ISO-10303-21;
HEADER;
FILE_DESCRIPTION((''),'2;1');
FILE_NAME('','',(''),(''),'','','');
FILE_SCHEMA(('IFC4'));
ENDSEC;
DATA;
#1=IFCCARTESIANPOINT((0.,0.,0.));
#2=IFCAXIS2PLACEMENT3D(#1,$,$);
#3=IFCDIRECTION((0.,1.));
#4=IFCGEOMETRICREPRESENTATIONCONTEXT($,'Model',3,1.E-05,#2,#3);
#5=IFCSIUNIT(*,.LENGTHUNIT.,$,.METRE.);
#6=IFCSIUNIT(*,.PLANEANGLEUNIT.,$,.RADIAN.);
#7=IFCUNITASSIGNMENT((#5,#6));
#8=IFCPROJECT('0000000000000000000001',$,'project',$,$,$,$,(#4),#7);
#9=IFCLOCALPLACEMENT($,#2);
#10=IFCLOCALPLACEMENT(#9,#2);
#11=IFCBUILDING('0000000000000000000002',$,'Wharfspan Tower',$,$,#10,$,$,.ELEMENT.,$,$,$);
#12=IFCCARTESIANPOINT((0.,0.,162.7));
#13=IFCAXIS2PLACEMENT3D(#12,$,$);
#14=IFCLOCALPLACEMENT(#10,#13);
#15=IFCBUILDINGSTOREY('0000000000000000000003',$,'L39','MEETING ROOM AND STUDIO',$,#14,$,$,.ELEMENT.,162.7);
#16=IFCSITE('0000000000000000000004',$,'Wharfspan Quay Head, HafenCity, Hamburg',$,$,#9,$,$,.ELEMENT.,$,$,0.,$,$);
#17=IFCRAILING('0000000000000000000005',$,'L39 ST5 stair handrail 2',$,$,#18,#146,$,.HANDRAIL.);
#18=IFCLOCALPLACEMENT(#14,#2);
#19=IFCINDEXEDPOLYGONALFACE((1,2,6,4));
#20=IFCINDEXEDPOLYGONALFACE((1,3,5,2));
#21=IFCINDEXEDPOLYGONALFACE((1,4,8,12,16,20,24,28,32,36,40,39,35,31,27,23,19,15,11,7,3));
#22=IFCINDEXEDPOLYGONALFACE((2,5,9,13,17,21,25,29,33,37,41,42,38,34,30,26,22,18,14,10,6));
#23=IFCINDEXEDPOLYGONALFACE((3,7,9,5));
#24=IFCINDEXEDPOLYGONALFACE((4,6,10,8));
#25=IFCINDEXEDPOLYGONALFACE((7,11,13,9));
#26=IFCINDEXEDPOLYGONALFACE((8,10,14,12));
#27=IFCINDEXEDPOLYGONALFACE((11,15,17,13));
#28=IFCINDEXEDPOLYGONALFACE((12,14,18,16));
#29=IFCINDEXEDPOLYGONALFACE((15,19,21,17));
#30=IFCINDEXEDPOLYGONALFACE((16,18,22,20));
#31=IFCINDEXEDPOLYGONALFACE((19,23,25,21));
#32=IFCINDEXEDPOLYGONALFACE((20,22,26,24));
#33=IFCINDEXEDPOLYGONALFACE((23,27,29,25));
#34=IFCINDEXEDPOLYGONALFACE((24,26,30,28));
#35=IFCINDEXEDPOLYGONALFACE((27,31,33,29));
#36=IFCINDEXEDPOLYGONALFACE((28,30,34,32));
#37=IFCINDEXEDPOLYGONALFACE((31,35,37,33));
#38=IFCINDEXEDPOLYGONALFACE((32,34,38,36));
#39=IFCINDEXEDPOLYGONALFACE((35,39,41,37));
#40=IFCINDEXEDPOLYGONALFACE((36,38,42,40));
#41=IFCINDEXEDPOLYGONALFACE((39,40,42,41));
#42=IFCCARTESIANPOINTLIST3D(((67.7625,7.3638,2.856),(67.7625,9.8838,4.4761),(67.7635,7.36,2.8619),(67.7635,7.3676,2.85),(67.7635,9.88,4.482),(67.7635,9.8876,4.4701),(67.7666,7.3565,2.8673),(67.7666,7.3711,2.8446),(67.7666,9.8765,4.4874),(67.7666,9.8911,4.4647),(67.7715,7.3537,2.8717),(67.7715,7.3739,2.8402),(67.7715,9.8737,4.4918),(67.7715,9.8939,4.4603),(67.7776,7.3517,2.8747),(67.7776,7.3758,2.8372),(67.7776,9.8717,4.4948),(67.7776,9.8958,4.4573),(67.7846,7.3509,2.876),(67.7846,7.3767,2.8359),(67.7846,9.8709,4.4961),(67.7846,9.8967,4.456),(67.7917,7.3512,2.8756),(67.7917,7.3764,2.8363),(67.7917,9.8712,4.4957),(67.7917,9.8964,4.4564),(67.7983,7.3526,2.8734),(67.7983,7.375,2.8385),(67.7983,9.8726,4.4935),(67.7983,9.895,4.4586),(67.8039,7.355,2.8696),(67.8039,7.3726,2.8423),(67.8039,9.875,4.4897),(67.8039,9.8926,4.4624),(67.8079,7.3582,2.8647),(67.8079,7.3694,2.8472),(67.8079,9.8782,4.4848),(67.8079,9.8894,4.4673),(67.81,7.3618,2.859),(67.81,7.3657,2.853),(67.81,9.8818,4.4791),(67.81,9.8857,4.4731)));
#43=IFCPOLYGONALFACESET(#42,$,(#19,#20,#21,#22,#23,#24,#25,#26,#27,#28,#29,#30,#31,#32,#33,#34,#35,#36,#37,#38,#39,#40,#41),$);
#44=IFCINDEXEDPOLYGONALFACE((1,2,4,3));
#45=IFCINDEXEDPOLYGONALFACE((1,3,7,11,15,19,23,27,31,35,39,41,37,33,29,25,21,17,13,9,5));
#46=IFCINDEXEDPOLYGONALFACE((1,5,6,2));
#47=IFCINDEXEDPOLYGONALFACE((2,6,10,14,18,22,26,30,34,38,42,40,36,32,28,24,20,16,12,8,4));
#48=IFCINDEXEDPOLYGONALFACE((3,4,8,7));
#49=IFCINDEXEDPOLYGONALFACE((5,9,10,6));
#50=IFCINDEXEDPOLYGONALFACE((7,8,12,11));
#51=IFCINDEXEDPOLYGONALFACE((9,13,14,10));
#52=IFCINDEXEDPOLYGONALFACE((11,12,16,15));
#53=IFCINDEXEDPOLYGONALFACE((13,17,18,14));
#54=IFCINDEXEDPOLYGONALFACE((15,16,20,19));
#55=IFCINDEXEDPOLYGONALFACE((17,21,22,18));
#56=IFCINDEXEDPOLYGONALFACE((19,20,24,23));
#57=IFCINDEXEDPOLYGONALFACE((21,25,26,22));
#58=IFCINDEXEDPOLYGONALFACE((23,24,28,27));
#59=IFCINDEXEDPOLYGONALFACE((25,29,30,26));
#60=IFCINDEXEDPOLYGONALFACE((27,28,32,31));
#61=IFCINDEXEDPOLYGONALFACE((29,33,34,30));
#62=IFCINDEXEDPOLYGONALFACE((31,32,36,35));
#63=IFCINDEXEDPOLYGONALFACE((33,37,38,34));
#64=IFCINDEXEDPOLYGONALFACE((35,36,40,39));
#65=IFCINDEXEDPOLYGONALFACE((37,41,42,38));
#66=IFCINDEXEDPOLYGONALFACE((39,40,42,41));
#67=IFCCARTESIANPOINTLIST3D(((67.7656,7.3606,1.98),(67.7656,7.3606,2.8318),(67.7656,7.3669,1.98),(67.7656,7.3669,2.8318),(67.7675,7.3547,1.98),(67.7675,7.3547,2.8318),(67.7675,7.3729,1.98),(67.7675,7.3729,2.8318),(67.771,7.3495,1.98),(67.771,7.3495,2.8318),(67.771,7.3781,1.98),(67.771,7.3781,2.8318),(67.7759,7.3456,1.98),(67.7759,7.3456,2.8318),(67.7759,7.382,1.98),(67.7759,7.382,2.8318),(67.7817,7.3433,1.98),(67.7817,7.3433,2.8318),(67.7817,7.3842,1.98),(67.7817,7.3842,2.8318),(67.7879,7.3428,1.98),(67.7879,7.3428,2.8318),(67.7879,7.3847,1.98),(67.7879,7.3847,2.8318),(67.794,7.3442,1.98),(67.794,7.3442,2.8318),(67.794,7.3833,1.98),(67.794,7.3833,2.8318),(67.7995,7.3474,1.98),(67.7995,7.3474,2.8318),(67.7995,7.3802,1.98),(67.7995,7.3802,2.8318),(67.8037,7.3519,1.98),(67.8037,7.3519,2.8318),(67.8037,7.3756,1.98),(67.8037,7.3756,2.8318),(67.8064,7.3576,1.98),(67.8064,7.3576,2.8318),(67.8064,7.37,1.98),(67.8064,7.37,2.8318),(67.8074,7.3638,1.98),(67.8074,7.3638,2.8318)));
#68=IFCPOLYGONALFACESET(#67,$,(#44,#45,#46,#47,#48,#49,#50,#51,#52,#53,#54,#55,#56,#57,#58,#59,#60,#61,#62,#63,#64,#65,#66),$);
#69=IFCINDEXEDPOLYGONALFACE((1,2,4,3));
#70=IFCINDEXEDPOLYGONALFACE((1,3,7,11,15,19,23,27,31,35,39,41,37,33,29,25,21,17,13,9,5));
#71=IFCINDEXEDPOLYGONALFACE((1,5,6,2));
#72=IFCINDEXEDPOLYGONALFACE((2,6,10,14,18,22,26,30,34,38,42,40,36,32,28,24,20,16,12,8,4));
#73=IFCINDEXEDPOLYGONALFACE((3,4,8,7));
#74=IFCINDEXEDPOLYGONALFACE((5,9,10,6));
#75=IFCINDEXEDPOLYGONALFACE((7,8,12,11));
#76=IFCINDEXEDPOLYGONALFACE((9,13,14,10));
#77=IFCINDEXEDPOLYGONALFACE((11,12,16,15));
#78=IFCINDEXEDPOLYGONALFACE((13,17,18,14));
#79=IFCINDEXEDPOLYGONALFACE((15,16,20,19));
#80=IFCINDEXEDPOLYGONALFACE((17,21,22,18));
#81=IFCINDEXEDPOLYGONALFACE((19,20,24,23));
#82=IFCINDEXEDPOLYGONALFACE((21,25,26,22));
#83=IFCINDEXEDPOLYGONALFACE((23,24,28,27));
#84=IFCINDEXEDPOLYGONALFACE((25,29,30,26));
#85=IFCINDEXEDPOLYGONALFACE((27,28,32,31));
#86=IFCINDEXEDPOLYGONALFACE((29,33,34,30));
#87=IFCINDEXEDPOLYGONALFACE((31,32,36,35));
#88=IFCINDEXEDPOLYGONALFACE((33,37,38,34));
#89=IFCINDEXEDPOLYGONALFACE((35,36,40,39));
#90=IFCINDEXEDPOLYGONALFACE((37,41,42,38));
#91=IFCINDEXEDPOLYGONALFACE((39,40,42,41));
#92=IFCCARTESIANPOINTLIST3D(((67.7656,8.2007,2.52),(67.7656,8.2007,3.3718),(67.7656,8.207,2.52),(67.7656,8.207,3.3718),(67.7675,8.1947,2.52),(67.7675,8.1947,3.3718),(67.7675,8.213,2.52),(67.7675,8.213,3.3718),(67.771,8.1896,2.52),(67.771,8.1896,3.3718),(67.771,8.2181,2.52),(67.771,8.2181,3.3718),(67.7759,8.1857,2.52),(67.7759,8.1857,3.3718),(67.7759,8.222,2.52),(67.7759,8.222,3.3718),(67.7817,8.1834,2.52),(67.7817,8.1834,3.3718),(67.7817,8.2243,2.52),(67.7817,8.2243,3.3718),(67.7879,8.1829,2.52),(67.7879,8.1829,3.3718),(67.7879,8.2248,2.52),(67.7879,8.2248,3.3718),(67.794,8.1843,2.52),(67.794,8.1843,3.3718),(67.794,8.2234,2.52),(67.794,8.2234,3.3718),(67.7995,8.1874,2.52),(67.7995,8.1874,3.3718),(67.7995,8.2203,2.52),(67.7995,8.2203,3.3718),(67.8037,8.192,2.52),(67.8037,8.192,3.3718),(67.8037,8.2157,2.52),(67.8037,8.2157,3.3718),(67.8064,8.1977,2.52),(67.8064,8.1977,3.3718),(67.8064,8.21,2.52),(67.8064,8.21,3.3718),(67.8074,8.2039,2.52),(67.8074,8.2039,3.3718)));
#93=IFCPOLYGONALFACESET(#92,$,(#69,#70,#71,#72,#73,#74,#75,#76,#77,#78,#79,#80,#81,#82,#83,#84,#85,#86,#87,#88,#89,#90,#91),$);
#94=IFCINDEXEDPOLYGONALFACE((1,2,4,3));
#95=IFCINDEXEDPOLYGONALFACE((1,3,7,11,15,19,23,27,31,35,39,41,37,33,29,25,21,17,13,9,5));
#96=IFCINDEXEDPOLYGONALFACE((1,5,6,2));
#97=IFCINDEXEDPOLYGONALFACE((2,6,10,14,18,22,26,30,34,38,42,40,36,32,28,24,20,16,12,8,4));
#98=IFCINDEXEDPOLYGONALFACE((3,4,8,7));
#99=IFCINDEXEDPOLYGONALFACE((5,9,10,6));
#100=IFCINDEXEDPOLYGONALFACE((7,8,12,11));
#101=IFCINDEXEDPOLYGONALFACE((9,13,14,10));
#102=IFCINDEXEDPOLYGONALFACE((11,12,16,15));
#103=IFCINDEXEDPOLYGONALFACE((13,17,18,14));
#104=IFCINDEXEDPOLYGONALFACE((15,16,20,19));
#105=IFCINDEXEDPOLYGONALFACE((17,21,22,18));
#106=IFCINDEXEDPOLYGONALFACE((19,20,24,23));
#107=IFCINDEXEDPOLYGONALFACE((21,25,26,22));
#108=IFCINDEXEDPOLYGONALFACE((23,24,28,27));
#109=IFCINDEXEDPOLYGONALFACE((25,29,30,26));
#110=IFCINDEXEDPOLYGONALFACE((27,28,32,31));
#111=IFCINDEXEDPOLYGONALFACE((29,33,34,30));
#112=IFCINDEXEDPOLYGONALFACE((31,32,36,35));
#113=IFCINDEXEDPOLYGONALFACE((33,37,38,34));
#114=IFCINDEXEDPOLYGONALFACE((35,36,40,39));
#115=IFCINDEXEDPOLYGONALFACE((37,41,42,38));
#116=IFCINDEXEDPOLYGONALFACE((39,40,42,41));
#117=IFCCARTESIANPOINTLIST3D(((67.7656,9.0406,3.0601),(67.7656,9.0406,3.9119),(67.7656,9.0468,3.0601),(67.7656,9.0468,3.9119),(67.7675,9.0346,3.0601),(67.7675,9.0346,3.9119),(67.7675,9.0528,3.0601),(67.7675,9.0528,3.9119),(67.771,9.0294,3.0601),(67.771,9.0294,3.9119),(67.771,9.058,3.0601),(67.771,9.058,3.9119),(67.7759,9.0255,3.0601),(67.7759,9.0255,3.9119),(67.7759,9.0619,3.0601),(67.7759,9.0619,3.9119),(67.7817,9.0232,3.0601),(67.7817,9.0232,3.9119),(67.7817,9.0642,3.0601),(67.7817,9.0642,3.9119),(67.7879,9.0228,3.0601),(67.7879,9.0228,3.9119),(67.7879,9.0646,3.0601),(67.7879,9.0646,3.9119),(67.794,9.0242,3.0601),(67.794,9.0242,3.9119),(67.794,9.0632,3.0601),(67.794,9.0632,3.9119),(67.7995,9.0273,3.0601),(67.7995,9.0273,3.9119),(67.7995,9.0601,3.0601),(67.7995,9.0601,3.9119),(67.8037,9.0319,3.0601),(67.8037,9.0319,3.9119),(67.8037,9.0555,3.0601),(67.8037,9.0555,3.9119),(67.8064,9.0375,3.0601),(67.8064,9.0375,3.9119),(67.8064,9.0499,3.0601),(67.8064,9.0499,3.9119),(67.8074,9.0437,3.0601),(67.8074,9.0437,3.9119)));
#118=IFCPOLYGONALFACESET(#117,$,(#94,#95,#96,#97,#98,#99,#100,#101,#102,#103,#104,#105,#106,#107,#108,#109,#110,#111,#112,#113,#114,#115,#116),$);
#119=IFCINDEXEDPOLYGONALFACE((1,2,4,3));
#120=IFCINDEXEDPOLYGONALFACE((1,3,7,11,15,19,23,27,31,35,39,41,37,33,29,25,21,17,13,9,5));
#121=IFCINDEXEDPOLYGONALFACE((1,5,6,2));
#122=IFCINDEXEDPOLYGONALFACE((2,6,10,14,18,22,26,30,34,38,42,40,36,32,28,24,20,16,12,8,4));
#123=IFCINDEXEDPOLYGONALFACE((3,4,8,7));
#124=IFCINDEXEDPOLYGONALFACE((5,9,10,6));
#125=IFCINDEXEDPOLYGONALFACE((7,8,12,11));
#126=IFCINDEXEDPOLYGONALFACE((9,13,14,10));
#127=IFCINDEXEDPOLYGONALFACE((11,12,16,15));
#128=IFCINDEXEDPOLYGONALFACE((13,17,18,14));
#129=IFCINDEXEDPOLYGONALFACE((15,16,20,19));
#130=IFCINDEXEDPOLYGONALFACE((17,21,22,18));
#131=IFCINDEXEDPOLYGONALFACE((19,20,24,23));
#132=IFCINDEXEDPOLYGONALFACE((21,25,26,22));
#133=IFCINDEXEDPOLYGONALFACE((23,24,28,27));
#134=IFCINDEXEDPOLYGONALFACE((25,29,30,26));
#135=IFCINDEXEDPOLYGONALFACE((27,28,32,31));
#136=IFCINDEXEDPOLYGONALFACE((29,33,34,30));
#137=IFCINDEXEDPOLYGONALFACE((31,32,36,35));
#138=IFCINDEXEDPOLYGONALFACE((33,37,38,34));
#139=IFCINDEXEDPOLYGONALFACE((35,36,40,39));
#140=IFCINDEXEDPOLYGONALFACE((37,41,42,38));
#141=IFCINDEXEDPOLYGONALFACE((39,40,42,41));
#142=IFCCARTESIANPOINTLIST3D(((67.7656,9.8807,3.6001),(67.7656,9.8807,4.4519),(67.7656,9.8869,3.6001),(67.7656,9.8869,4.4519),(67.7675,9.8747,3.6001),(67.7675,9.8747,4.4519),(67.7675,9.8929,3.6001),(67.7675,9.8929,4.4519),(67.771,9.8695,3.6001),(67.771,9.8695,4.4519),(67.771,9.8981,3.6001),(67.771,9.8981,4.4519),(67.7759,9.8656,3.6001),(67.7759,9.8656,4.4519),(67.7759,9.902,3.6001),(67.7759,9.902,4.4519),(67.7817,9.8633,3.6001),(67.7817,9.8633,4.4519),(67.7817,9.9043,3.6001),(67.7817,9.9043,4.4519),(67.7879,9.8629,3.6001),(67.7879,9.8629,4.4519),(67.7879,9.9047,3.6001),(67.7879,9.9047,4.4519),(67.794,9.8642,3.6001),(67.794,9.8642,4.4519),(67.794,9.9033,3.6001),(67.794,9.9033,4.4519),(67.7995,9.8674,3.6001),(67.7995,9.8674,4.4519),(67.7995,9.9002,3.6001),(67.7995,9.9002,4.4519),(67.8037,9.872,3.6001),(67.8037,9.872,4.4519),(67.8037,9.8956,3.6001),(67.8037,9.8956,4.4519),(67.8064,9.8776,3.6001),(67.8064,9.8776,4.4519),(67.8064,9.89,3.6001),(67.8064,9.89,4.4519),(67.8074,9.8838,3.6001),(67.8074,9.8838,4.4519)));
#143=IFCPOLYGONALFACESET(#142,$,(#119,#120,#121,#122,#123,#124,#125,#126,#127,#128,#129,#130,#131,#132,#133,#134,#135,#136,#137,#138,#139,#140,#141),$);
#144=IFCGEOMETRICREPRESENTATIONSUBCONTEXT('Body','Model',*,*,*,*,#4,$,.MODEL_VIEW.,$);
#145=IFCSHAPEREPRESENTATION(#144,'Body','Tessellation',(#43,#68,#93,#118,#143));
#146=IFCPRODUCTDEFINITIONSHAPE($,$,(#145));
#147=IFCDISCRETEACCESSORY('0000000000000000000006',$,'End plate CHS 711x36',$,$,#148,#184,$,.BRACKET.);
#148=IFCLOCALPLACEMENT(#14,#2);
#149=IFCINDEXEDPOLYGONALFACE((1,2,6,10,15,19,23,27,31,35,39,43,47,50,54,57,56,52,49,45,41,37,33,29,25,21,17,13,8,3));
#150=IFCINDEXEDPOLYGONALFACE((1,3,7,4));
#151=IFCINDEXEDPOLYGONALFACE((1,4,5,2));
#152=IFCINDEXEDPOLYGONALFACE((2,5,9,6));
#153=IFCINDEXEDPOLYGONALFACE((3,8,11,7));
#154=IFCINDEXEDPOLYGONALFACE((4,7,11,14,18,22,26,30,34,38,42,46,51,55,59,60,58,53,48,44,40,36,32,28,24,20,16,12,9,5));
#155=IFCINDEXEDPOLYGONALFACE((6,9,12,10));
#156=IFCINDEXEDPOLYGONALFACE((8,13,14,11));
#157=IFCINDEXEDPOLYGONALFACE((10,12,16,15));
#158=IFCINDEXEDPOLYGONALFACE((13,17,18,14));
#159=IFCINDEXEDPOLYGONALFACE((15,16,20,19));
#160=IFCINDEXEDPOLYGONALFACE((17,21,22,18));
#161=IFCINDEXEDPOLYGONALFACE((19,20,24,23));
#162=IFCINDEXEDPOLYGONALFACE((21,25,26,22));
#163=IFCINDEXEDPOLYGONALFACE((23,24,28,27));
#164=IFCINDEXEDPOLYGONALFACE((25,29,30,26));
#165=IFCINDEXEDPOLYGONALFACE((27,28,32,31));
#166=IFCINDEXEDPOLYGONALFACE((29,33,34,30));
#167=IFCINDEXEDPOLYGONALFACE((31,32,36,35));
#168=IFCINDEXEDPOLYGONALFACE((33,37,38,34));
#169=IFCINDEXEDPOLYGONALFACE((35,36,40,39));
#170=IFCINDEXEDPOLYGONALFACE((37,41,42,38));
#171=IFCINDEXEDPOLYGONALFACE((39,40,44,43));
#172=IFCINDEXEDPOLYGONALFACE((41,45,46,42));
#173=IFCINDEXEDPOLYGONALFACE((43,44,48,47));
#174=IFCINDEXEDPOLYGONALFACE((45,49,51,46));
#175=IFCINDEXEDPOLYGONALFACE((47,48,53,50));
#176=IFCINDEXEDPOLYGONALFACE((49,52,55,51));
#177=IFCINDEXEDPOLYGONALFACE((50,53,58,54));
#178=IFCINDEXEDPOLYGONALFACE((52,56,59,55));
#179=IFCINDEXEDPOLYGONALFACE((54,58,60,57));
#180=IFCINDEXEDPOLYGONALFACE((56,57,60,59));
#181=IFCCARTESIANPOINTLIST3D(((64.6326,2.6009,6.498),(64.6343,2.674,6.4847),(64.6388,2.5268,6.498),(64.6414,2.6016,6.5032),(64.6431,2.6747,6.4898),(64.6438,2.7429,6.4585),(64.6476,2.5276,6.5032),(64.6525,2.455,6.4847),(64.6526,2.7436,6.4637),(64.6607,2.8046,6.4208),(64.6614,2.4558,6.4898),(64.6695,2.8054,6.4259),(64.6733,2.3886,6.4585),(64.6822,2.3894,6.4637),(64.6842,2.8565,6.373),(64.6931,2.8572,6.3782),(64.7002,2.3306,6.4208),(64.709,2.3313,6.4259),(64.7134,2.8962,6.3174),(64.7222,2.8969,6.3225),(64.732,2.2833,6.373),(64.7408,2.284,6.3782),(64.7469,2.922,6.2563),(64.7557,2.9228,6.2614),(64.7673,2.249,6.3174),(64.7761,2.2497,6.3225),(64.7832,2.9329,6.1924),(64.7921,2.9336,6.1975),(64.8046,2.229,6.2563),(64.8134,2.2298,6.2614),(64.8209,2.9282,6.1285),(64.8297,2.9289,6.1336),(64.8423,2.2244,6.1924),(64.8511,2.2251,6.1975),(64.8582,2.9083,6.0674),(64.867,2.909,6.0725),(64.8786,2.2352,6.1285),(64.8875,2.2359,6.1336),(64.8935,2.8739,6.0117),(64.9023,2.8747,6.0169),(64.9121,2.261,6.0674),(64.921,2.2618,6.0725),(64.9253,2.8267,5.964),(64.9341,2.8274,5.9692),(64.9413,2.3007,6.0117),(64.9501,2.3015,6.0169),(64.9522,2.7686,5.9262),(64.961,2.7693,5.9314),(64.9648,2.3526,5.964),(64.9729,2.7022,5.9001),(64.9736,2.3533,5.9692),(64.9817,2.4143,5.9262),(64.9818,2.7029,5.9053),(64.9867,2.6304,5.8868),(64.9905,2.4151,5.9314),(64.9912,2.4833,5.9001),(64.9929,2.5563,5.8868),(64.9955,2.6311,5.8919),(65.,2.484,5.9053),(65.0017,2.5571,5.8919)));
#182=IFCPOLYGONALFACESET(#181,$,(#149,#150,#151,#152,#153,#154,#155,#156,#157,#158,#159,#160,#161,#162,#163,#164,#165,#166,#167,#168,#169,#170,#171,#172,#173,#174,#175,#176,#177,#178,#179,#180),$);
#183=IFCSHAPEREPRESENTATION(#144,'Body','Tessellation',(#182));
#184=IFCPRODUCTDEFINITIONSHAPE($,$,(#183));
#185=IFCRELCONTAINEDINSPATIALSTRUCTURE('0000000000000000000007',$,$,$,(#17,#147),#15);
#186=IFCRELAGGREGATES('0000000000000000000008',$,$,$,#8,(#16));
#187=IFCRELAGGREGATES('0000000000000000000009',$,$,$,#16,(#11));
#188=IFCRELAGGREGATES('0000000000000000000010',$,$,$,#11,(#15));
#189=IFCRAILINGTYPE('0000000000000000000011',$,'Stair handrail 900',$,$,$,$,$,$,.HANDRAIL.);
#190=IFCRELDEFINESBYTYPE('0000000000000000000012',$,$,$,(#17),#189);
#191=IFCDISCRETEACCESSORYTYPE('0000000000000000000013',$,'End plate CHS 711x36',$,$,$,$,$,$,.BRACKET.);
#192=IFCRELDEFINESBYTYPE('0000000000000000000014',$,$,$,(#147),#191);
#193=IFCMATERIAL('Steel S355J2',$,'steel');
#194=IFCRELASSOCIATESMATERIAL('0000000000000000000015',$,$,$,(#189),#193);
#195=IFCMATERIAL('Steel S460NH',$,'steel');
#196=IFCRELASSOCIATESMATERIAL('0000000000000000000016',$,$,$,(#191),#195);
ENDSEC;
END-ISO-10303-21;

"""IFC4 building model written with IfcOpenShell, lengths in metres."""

from ifc_helpers import new_model, si_unit, direction, frame, origin, origin_2d, place, context, subcontext, project, spatial, circle, extrude, material, material_profile, profile_set, type_object, element, save


model = new_model("IFC4")

# Units and contexts
model_context = context("Model", 3, precision=1e-05, world=origin(), true_north=direction((0.0, 1.0)))
body_context = subcontext(model_context, "Body", "Model", "MODEL_VIEW")
ifc_project = project(units=[si_unit("LENGTHUNIT", "METRE"), si_unit("PLANEANGLEUNIT", "RADIAN")], contexts=[model_context])

# Site, building, storey
site_placement = place(None, origin())
site = spatial("IfcSite", under=ifc_project, at=site_placement, Name="Wharfspan Quay Head, HafenCity, Hamburg", CompositionType="ELEMENT", RefElevation=0.0)
building_placement = place(site_placement, origin())
building = spatial("IfcBuilding", under=site, at=building_placement, Name="Wharfspan Tower", CompositionType="ELEMENT")
storey_placement = place(building_placement, frame((0.0, 0.0, 162.7)))
storey = spatial("IfcBuildingStorey", under=building, at=storey_placement, Name="L39", Description="MEETING ROOM AND STUDIO", CompositionType="ELEMENT", Elevation=162.7)

# Shared definitions
ifc_material_1 = material(Name="Steel S355J2", Category="steel")

# Shared definitions
ifc_material_2 = material(Name="Steel S460NH", Category="steel")

# Railing
railing_type_1 = type_object("IfcRailingType", Name="Stair handrail 900", PredefinedType="HANDRAIL", material=ifc_material_1)
railing_1_placement = place(storey_placement, frame((67.7864, 7.3638, 1.98)))
element("IfcRailing", 1, at=railing_1_placement, inside=storey, type_object=railing_type_1, Name="L39 ST5 stair handrail 2", PredefinedType="HANDRAIL", context=body_context, shape_type="SweptSolid", body=[
    extrude(circle(Radius=0.0239, at=origin_2d()), frame((0.0, 0.0, 0.876), z_axis=(0.0, 0.841163, 0.540782), x_axis=(-1.0, 0.0, 0.0)), (0.0, 0.0, 1.0), 2.9958),
    extrude(circle(Radius=0.021, at=origin_2d()), origin(), (0.0, 0.0, 1.0), 0.8518),
    extrude(circle(Radius=0.021, at=origin_2d()), frame((0.0, 0.8401, 0.54)), (0.0, 0.0, 1.0), 0.8518),
    extrude(circle(Radius=0.021, at=origin_2d()), frame((0.0, 1.6799, 1.0801)), (0.0, 0.0, 1.0), 0.8518),
    extrude(circle(Radius=0.021, at=origin_2d()), frame((0.0, 2.52, 1.6201)), (0.0, 0.0, 1.0), 0.8518),
])

# Discrete accessory
ifc_material_profile_1 = material_profile(ifc_material_2, circle(Radius=0.3555, at=origin_2d()))
ifc_profile_set_1 = profile_set([ifc_material_profile_1], Name="Steel S460NH")
discrete_accessory_type = type_object("IfcDiscreteAccessoryType", Name="End plate CHS 711x36", PredefinedType="BRACKET", material=ifc_profile_set_1)
for number, where, z_axis, x_axis, name in (
    (2, (64.8127, 2.5786, 6.1924), (0.86155, 0.071796, 0.502571), (-0.083046, 0.99655, 0.0), "End plate CHS 711x36"),
):
    element("IfcDiscreteAccessory", number, at=place(storey_placement, frame(where, z_axis=z_axis, x_axis=x_axis)), inside=storey, type_object=discrete_accessory_type, Name=name, PredefinedType="BRACKET", context=body_context, shape_type="SweptSolid", body=[
        extrude(circle(Radius=0.3555, at=origin_2d()), origin(), (0.0, 0.0, 1.0), 0.0103),
    ])

save(model, "model.ifc")
